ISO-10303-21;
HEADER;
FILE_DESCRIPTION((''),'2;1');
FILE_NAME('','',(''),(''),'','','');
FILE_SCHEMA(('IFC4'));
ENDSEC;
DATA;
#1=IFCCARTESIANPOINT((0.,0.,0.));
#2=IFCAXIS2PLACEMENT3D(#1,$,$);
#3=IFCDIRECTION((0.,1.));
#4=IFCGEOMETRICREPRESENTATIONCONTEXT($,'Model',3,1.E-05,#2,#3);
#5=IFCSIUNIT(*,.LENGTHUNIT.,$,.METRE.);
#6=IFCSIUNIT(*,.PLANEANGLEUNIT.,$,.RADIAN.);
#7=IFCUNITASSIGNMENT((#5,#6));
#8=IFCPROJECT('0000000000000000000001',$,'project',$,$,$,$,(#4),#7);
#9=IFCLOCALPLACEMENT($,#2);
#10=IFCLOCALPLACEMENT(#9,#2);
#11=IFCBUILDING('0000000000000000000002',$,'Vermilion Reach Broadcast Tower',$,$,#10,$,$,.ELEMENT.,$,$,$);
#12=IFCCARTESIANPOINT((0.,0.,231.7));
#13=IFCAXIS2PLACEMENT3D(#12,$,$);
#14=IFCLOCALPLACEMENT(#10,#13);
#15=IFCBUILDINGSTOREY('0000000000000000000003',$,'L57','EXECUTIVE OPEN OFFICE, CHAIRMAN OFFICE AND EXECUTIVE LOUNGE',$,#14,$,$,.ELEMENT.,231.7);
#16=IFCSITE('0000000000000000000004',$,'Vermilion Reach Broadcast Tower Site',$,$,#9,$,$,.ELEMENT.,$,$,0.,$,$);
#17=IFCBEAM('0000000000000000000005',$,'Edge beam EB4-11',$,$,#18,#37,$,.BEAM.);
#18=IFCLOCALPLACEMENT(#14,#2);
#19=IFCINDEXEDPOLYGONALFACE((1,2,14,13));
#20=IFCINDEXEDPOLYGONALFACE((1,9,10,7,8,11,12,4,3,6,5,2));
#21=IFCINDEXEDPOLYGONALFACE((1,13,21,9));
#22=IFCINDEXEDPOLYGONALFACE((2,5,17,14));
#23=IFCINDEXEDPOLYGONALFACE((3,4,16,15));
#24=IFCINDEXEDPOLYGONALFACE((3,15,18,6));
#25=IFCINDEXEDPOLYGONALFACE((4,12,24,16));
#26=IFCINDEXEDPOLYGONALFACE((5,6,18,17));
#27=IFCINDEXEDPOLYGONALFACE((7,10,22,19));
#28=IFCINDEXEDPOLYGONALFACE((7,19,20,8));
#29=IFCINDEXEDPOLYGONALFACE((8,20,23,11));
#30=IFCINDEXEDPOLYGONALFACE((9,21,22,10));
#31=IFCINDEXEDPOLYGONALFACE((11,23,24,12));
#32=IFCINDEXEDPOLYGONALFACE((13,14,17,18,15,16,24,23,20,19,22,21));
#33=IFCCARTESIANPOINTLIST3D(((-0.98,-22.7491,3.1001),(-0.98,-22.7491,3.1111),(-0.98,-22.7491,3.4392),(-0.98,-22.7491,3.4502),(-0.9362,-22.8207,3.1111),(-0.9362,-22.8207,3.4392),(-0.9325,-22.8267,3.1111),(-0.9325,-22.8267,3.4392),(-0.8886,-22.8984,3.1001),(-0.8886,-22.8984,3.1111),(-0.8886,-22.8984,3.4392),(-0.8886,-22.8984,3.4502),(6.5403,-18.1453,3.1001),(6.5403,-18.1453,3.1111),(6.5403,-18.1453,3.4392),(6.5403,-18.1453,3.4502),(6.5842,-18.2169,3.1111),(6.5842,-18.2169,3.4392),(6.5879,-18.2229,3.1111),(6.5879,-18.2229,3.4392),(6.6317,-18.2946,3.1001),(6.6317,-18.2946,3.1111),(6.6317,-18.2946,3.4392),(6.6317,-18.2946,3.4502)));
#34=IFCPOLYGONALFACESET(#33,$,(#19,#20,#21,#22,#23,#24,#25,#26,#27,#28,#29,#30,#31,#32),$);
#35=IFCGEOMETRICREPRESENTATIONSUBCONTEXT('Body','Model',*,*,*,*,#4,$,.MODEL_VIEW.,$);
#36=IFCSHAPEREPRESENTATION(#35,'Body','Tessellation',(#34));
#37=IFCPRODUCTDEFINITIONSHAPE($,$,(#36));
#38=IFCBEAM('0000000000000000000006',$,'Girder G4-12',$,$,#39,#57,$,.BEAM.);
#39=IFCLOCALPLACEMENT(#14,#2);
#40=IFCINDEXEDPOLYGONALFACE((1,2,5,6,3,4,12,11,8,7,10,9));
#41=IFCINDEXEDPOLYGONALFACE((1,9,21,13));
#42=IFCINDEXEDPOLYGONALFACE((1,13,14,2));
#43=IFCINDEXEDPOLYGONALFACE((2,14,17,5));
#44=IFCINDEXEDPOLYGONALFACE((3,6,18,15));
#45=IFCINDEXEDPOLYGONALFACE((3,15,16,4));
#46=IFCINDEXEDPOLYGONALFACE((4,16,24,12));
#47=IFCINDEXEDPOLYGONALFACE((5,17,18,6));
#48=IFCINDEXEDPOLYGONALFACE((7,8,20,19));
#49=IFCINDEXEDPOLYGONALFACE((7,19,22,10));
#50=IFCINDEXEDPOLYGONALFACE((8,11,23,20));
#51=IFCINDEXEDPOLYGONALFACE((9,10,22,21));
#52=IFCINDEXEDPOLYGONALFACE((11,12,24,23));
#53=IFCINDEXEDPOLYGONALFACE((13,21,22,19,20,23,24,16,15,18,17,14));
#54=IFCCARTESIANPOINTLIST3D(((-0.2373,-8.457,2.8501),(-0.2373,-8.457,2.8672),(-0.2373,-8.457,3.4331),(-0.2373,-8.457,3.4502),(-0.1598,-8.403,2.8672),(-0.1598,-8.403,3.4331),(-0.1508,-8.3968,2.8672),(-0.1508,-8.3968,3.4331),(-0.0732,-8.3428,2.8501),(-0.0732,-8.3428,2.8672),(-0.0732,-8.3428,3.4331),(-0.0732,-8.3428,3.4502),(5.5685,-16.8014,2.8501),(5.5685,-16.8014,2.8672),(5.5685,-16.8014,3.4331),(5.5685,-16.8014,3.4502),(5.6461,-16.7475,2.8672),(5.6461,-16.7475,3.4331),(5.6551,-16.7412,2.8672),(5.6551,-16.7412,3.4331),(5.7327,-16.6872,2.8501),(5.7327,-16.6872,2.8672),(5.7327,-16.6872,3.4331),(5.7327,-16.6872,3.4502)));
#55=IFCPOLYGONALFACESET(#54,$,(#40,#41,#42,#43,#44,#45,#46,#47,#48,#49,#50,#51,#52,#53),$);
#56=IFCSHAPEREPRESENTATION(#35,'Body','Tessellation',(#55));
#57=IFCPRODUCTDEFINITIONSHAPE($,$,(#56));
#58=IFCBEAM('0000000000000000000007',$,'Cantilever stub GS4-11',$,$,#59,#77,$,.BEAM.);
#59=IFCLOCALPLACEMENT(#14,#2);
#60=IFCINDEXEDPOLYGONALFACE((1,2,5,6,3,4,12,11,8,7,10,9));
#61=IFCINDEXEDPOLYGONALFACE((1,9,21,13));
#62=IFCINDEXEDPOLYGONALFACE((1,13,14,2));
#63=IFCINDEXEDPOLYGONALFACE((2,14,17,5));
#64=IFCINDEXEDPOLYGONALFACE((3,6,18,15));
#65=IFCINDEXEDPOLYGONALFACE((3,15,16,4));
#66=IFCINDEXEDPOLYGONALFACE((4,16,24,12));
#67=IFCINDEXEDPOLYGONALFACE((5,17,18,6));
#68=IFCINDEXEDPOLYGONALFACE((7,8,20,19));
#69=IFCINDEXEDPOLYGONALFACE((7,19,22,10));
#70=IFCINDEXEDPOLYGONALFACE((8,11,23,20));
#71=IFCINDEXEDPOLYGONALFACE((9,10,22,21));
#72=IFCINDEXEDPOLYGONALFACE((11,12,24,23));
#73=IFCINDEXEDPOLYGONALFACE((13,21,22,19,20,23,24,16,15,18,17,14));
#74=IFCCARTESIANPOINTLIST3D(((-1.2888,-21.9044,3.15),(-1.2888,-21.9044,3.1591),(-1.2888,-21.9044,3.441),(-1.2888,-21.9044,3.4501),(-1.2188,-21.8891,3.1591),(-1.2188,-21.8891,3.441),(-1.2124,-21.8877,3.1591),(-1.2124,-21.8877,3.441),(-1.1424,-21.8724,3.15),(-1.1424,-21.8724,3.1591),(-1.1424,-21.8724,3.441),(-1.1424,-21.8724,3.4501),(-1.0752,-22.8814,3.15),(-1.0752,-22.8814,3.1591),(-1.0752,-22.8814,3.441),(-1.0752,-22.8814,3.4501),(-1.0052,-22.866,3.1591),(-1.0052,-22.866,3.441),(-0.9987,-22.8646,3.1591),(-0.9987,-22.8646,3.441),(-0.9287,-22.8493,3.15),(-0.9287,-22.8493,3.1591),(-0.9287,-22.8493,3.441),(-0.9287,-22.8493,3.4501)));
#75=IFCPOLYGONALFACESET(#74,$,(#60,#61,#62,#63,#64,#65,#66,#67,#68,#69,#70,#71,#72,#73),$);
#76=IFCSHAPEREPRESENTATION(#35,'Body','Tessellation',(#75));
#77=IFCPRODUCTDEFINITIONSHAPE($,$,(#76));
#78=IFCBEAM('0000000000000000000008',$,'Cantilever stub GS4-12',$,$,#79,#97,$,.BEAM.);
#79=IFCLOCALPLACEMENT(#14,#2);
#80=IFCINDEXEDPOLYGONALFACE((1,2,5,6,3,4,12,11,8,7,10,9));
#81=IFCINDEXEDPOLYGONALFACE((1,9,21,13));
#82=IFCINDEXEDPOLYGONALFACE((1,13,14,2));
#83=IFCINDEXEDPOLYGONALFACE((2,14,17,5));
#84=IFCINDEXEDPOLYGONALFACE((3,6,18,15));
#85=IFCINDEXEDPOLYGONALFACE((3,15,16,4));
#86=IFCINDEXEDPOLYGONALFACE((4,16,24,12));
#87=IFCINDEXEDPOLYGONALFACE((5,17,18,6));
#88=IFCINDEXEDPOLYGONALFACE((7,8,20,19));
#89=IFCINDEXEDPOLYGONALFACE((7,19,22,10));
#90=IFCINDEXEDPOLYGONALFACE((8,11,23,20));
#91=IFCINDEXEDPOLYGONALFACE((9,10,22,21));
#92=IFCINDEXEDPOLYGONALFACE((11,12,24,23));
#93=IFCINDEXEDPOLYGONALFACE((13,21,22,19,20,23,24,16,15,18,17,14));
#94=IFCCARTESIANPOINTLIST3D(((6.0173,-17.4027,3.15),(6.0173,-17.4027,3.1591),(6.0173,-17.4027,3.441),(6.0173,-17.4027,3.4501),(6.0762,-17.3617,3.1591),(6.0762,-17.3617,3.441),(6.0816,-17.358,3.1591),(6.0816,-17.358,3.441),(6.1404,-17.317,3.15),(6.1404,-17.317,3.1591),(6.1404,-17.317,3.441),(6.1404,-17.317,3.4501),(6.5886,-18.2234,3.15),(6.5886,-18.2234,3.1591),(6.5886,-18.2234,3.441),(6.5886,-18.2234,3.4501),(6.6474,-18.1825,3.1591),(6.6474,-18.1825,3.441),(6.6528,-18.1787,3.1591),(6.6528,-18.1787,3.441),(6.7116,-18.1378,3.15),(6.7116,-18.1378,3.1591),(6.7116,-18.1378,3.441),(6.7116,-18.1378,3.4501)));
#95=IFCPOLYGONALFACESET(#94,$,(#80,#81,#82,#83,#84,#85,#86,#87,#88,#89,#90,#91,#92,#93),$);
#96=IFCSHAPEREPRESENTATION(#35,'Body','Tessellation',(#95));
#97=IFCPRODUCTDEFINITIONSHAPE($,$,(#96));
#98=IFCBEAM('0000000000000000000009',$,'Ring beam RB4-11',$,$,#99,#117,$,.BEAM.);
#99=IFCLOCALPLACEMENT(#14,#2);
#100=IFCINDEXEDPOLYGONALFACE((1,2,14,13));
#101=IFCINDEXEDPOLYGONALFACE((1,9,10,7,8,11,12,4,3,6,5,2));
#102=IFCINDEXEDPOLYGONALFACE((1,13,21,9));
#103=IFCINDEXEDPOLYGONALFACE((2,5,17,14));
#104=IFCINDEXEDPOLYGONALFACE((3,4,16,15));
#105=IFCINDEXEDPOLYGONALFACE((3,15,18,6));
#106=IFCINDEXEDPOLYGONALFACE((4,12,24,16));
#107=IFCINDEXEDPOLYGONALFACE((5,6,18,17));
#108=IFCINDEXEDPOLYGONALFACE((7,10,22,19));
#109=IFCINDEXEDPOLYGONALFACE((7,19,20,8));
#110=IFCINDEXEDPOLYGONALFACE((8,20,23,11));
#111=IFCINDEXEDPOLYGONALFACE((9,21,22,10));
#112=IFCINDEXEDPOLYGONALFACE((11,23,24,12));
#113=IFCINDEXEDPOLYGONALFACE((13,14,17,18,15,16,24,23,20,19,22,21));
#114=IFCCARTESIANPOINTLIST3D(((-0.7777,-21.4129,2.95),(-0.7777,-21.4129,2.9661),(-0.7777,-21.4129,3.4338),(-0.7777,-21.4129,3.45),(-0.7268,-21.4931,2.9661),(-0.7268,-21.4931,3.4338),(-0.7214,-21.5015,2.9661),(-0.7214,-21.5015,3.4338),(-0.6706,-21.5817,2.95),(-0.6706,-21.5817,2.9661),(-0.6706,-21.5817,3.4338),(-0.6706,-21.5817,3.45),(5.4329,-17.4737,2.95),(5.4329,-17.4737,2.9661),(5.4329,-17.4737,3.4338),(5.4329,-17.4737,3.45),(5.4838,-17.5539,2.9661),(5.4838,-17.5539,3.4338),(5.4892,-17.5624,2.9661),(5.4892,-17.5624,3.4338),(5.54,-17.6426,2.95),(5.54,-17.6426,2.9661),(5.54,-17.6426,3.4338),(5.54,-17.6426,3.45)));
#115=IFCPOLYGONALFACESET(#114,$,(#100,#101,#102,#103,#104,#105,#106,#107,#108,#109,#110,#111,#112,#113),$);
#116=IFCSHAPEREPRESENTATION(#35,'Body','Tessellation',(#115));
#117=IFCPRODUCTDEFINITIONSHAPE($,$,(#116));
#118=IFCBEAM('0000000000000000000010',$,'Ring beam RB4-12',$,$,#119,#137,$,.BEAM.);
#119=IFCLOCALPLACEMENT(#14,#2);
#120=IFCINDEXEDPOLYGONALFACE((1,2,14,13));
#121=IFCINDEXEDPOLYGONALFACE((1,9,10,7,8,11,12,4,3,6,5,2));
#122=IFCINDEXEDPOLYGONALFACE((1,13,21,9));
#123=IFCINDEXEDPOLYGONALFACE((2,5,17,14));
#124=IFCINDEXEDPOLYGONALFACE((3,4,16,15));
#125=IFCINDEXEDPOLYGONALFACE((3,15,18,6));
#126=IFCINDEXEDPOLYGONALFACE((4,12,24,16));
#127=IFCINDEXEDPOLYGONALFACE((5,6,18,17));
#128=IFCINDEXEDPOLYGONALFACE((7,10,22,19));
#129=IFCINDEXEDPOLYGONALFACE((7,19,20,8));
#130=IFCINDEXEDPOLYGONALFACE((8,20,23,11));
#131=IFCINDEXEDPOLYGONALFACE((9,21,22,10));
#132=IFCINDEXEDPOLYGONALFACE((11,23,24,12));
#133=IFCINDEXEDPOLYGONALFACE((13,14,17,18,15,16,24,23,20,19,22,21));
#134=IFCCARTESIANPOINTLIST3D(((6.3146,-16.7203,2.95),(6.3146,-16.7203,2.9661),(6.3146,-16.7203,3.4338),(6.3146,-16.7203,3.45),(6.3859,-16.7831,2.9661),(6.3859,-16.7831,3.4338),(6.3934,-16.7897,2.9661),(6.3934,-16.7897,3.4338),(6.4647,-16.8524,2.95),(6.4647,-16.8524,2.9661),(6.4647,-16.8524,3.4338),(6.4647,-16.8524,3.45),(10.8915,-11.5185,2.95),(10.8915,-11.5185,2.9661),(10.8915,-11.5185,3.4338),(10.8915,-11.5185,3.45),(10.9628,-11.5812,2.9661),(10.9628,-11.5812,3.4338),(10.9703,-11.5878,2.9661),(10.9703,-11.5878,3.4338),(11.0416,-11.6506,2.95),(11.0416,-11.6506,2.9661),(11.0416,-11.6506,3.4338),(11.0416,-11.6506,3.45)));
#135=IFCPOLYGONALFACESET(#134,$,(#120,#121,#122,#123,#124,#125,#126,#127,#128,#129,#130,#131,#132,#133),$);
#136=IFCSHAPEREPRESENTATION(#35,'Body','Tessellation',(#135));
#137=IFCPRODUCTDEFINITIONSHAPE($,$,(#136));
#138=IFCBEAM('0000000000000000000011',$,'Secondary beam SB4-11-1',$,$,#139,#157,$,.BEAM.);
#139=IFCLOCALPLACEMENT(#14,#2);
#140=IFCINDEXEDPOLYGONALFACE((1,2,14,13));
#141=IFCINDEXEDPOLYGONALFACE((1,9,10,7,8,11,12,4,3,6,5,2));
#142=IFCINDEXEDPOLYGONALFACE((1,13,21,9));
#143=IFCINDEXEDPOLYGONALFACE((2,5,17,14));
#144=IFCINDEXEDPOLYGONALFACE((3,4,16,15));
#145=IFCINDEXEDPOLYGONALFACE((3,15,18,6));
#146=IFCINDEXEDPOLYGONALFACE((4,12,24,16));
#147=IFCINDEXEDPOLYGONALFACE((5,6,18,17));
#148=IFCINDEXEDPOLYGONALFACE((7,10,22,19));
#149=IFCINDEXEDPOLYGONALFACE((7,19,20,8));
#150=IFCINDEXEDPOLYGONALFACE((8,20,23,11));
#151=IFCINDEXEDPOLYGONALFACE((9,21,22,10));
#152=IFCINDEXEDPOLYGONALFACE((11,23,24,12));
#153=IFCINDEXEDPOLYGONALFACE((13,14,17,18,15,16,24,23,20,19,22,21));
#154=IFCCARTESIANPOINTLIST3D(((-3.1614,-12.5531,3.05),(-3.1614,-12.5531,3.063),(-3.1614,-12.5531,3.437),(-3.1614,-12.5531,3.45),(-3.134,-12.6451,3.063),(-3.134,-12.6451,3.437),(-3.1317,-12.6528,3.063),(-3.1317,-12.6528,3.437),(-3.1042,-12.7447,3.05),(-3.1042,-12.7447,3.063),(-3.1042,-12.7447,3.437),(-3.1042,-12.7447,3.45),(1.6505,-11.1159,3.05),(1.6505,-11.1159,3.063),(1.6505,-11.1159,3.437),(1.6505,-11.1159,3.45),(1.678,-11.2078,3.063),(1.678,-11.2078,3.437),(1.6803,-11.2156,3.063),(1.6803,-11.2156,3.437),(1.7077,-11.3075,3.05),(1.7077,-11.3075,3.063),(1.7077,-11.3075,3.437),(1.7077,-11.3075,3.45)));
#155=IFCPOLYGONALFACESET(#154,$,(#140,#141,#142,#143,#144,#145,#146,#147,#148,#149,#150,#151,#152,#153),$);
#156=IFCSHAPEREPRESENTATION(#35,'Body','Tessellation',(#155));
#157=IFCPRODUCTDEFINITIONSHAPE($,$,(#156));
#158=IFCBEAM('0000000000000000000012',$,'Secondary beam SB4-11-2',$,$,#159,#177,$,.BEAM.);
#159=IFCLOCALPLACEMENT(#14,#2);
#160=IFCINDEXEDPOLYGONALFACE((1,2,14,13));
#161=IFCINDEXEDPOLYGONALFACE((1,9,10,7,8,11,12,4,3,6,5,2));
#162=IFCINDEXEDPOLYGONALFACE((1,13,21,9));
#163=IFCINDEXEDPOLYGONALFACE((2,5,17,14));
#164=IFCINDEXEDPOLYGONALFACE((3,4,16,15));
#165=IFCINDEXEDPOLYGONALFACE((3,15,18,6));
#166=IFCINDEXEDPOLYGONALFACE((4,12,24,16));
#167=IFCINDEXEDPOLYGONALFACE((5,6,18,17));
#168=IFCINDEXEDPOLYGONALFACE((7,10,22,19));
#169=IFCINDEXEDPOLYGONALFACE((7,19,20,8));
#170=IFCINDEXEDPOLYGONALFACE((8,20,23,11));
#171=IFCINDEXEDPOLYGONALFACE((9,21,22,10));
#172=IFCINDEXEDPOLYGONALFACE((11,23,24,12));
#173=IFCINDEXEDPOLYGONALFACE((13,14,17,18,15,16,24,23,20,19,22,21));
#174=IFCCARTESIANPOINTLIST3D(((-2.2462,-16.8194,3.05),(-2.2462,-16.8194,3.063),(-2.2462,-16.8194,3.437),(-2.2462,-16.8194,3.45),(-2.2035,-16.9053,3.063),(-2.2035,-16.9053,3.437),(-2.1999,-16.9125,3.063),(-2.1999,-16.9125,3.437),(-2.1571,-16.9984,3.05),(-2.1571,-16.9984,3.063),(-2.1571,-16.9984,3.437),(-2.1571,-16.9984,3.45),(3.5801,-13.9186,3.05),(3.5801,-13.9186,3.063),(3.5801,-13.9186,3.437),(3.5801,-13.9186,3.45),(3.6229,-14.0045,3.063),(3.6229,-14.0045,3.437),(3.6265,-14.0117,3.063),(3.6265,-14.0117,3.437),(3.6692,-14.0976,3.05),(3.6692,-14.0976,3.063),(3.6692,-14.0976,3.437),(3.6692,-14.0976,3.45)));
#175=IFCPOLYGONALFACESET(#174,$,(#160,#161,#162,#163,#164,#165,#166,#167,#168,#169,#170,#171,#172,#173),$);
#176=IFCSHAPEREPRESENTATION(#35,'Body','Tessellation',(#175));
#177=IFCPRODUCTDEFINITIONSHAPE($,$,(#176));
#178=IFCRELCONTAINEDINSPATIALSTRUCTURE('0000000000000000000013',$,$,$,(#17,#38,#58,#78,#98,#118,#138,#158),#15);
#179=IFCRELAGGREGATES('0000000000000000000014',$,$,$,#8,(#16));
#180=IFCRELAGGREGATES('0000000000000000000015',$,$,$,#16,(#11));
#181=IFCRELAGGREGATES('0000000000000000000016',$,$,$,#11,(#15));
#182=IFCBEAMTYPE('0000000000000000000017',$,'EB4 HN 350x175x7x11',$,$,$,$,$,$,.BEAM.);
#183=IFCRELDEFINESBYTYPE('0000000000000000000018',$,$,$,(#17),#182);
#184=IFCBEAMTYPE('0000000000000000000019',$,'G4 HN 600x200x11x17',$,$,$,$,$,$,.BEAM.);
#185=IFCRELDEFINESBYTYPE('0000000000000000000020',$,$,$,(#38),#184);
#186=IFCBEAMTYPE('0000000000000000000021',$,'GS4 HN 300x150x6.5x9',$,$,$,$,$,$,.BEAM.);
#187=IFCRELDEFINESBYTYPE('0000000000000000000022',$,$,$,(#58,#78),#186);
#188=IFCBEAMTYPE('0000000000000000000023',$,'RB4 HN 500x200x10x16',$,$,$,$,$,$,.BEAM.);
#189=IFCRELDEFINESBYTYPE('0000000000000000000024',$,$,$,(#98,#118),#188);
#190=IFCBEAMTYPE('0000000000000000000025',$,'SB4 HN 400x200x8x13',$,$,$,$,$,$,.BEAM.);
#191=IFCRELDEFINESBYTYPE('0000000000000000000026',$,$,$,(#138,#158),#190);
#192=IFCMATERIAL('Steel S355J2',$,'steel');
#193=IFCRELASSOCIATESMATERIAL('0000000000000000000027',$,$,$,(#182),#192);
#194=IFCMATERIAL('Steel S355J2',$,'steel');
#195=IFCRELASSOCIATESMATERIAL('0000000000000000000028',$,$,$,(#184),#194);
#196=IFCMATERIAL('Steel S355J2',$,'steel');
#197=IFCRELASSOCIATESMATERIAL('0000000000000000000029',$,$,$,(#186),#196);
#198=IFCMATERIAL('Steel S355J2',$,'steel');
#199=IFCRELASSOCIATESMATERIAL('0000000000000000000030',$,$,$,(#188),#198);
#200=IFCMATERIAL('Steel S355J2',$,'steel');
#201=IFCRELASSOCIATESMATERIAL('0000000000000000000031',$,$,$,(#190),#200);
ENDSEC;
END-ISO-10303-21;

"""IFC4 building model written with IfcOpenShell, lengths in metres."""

from ifc_helpers import new_model, si_unit, direction, frame, origin, origin_2d, place, context, subcontext, project, spatial, i_section, extrude, material, material_profile, profile_set, type_object, element, save


model = new_model("IFC4")

# Units and contexts
model_context = context("Model", 3, precision=1e-05, world=origin(), true_north=direction((0.0, 1.0)))
body_context = subcontext(model_context, "Body", "Model", "MODEL_VIEW")
ifc_project = project(units=[si_unit("LENGTHUNIT", "METRE"), si_unit("PLANEANGLEUNIT", "RADIAN")], contexts=[model_context])

# Site, building, storey
site_placement = place(None, origin())
site = spatial("IfcSite", under=ifc_project, at=site_placement, Name="Vermilion Reach Broadcast Tower Site", CompositionType="ELEMENT", RefElevation=0.0)
building_placement = place(site_placement, origin())
building = spatial("IfcBuilding", under=site, at=building_placement, Name="Vermilion Reach Broadcast Tower", CompositionType="ELEMENT")
storey_placement = place(building_placement, frame((0.0, 0.0, 231.7)))
storey = spatial("IfcBuildingStorey", under=building, at=storey_placement, Name="L57", Description="EXECUTIVE OPEN OFFICE, CHAIRMAN OFFICE AND EXECUTIVE LOUNGE", CompositionType="ELEMENT", Elevation=231.7)

# Beams
ifc_material_1 = material(Name="Steel S355J2", Category="steel")
ifc_material_profile_1 = material_profile(ifc_material_1, i_section(OverallWidth=0.175, OverallDepth=0.3501, WebThickness=0.0071, FlangeThickness=0.011, at=origin_2d()), Name="S355J2 HN 350x175x7x11")
ifc_profile_set_1 = profile_set([ifc_material_profile_1], Name="Steel S355J2")
beam_type_1 = type_object("IfcBeamType", Name="EB4 HN 350x175x7x11", PredefinedType="BEAM", material=ifc_profile_set_1)
beam_1_placement = place(storey_placement, frame((-0.9343, -22.8237, 3.2751), z_axis=(0.852876, 0.522114, 0.0), x_axis=(-0.522114, 0.852876, 0.0)))
element("IfcBeam", 1, at=beam_1_placement, inside=storey, type_object=beam_type_1, Name="Edge beam EB4-11", PredefinedType="BEAM", context=body_context, shape_type="SweptSolid", body=[
    extrude(i_section(OverallWidth=0.175, OverallDepth=0.3501, WebThickness=0.0071, FlangeThickness=0.011, at=origin_2d()), origin(), (0.0, 0.0, 1.0), 8.8176),
])
ifc_material_2 = material(Name="Steel S355J2", Category="steel")
ifc_material_profile_2 = material_profile(ifc_material_2, i_section(OverallWidth=0.2, OverallDepth=0.6001, WebThickness=0.011, FlangeThickness=0.0171, at=origin_2d()), Name="S355J2 HN 600x200x11x17")
ifc_profile_set_2 = profile_set([ifc_material_profile_2], Name="Steel S355J2")
beam_type_2 = type_object("IfcBeamType", Name="G4 HN 600x200x11x17", PredefinedType="BEAM", material=ifc_profile_set_2)
beam_2_placement = place(storey_placement, frame((-0.1553, -8.3999, 3.1501), z_axis=(0.571134, -0.820857, 0.0), x_axis=(0.820857, 0.571134, 0.0)))
element("IfcBeam", 2, at=beam_2_placement, inside=storey, type_object=beam_type_2, Name="Girder G4-12", PredefinedType="BEAM", context=body_context, shape_type="SweptSolid", body=[
    extrude(i_section(OverallWidth=0.2, OverallDepth=0.6001, WebThickness=0.011, FlangeThickness=0.0171, at=origin_2d()), origin(), (0.0, 0.0, 1.0), 10.1655),
])
ifc_material_3 = material(Name="Steel S355J2", Category="steel")
ifc_material_profile_3 = material_profile(ifc_material_3, i_section(OverallWidth=0.1499, OverallDepth=0.3, WebThickness=0.0066, FlangeThickness=0.009, at=origin_2d()), Name="S355J2 HN 300x150x6.5x9")
ifc_profile_set_3 = profile_set([ifc_material_profile_3], Name="Steel S355J2")
beam_type_3 = type_object("IfcBeamType", Name="GS4 HN 300x150x6.5x9", PredefinedType="BEAM", material=ifc_profile_set_3)
for number, where, z_axis, x_axis, name in (
    (3, (-1.2156, -21.8884, 3.3), (0.213646, -0.976911, 0.0), (0.976911, 0.213646, 0.0), "Cantilever stub GS4-11"),
    (4, (6.0789, -17.3599, 3.3), (0.571265, -0.820766, 0.0), (0.820766, 0.571265, 0.0), "Cantilever stub GS4-12"),
):
    element("IfcBeam", number, at=place(storey_placement, frame(where, z_axis=z_axis, x_axis=x_axis)), inside=storey, type_object=beam_type_3, Name=name, PredefinedType="BEAM", context=body_context, shape_type="SweptSolid", body=[
        extrude(i_section(OverallWidth=0.1499, OverallDepth=0.3, WebThickness=0.0066, FlangeThickness=0.009, at=origin_2d()), origin(), (0.0, 0.0, 1.0), 1.0),
    ])
ifc_material_4 = material(Name="Steel S355J2", Category="steel")
ifc_material_profile_4 = material_profile(ifc_material_4, i_section(OverallWidth=0.2, OverallDepth=0.5, WebThickness=0.01, FlangeThickness=0.0161, at=origin_2d()), Name="S355J2 HN 500x200x10x16")
ifc_profile_set_4 = profile_set([ifc_material_profile_4], Name="Steel S355J2")
beam_type_4 = type_object("IfcBeamType", Name="RB4 HN 500x200x10x16", PredefinedType="BEAM", material=ifc_profile_set_4)
beam_3_placement = place(storey_placement, frame((-0.7241, -21.4973, 3.2), z_axis=(0.844464, 0.535612, 0.0), x_axis=(-0.535612, 0.844464, 0.0)))
element("IfcBeam", 5, at=beam_3_placement, inside=storey, type_object=beam_type_4, Name="Ring beam RB4-11", PredefinedType="BEAM", context=body_context, shape_type="SweptSolid", body=[
    extrude(i_section(OverallWidth=0.2, OverallDepth=0.5, WebThickness=0.01, FlangeThickness=0.0161, at=origin_2d()), origin(), (0.0, 0.0, 1.0), 7.3545),
])
beam_4_placement = place(storey_placement, frame((6.3896, -16.7864, 3.2), z_axis=(0.660565, 0.750769, 0.0), x_axis=(-0.750769, 0.660565, 0.0)))
element("IfcBeam", 6, at=beam_4_placement, inside=storey, type_object=beam_type_4, Name="Ring beam RB4-12", PredefinedType="BEAM", context=body_context, shape_type="SweptSolid", body=[
    extrude(i_section(OverallWidth=0.2, OverallDepth=0.5, WebThickness=0.01, FlangeThickness=0.0161, at=origin_2d()), origin(), (0.0, 0.0, 1.0), 6.9287),
])
ifc_material_5 = material(Name="Steel S355J2", Category="steel")
ifc_material_profile_5 = material_profile(ifc_material_5, i_section(OverallWidth=0.2, OverallDepth=0.3999, WebThickness=0.0081, FlangeThickness=0.0129, at=origin_2d()), Name="S355J2 HN 400x200x8x13")
ifc_profile_set_5 = profile_set([ifc_material_profile_5], Name="Steel S355J2")
beam_type_5 = type_object("IfcBeamType", Name="SB4 HN 400x200x8x13", PredefinedType="BEAM", material=ifc_profile_set_5)
beam_5_placement = place(storey_placement, frame((-3.1328, -12.6489, 3.25), z_axis=(0.958173, 0.286188, 0.0), x_axis=(-0.286188, 0.958173, 0.0)))
element("IfcBeam", 7, at=beam_5_placement, inside=storey, type_object=beam_type_5, Name="Secondary beam SB4-11-1", PredefinedType="BEAM", context=body_context, shape_type="SweptSolid", body=[
    extrude(i_section(OverallWidth=0.2, OverallDepth=0.3999, WebThickness=0.0081, FlangeThickness=0.0129, at=origin_2d()), origin(), (0.0, 0.0, 1.0), 5.022),
])
beam_6_placement = place(storey_placement, frame((-2.2017, -16.9089, 3.25), z_axis=(0.895184, 0.445698, 0.0), x_axis=(-0.445698, 0.895184, 0.0)))
element("IfcBeam", 8, at=beam_6_placement, inside=storey, type_object=beam_type_5, Name="Secondary beam SB4-11-2", PredefinedType="BEAM", context=body_context, shape_type="SweptSolid", body=[
    extrude(i_section(OverallWidth=0.2, OverallDepth=0.3999, WebThickness=0.0081, FlangeThickness=0.0129, at=origin_2d()), origin(), (0.0, 0.0, 1.0), 6.5085),
])

save(model, "model.ifc")
